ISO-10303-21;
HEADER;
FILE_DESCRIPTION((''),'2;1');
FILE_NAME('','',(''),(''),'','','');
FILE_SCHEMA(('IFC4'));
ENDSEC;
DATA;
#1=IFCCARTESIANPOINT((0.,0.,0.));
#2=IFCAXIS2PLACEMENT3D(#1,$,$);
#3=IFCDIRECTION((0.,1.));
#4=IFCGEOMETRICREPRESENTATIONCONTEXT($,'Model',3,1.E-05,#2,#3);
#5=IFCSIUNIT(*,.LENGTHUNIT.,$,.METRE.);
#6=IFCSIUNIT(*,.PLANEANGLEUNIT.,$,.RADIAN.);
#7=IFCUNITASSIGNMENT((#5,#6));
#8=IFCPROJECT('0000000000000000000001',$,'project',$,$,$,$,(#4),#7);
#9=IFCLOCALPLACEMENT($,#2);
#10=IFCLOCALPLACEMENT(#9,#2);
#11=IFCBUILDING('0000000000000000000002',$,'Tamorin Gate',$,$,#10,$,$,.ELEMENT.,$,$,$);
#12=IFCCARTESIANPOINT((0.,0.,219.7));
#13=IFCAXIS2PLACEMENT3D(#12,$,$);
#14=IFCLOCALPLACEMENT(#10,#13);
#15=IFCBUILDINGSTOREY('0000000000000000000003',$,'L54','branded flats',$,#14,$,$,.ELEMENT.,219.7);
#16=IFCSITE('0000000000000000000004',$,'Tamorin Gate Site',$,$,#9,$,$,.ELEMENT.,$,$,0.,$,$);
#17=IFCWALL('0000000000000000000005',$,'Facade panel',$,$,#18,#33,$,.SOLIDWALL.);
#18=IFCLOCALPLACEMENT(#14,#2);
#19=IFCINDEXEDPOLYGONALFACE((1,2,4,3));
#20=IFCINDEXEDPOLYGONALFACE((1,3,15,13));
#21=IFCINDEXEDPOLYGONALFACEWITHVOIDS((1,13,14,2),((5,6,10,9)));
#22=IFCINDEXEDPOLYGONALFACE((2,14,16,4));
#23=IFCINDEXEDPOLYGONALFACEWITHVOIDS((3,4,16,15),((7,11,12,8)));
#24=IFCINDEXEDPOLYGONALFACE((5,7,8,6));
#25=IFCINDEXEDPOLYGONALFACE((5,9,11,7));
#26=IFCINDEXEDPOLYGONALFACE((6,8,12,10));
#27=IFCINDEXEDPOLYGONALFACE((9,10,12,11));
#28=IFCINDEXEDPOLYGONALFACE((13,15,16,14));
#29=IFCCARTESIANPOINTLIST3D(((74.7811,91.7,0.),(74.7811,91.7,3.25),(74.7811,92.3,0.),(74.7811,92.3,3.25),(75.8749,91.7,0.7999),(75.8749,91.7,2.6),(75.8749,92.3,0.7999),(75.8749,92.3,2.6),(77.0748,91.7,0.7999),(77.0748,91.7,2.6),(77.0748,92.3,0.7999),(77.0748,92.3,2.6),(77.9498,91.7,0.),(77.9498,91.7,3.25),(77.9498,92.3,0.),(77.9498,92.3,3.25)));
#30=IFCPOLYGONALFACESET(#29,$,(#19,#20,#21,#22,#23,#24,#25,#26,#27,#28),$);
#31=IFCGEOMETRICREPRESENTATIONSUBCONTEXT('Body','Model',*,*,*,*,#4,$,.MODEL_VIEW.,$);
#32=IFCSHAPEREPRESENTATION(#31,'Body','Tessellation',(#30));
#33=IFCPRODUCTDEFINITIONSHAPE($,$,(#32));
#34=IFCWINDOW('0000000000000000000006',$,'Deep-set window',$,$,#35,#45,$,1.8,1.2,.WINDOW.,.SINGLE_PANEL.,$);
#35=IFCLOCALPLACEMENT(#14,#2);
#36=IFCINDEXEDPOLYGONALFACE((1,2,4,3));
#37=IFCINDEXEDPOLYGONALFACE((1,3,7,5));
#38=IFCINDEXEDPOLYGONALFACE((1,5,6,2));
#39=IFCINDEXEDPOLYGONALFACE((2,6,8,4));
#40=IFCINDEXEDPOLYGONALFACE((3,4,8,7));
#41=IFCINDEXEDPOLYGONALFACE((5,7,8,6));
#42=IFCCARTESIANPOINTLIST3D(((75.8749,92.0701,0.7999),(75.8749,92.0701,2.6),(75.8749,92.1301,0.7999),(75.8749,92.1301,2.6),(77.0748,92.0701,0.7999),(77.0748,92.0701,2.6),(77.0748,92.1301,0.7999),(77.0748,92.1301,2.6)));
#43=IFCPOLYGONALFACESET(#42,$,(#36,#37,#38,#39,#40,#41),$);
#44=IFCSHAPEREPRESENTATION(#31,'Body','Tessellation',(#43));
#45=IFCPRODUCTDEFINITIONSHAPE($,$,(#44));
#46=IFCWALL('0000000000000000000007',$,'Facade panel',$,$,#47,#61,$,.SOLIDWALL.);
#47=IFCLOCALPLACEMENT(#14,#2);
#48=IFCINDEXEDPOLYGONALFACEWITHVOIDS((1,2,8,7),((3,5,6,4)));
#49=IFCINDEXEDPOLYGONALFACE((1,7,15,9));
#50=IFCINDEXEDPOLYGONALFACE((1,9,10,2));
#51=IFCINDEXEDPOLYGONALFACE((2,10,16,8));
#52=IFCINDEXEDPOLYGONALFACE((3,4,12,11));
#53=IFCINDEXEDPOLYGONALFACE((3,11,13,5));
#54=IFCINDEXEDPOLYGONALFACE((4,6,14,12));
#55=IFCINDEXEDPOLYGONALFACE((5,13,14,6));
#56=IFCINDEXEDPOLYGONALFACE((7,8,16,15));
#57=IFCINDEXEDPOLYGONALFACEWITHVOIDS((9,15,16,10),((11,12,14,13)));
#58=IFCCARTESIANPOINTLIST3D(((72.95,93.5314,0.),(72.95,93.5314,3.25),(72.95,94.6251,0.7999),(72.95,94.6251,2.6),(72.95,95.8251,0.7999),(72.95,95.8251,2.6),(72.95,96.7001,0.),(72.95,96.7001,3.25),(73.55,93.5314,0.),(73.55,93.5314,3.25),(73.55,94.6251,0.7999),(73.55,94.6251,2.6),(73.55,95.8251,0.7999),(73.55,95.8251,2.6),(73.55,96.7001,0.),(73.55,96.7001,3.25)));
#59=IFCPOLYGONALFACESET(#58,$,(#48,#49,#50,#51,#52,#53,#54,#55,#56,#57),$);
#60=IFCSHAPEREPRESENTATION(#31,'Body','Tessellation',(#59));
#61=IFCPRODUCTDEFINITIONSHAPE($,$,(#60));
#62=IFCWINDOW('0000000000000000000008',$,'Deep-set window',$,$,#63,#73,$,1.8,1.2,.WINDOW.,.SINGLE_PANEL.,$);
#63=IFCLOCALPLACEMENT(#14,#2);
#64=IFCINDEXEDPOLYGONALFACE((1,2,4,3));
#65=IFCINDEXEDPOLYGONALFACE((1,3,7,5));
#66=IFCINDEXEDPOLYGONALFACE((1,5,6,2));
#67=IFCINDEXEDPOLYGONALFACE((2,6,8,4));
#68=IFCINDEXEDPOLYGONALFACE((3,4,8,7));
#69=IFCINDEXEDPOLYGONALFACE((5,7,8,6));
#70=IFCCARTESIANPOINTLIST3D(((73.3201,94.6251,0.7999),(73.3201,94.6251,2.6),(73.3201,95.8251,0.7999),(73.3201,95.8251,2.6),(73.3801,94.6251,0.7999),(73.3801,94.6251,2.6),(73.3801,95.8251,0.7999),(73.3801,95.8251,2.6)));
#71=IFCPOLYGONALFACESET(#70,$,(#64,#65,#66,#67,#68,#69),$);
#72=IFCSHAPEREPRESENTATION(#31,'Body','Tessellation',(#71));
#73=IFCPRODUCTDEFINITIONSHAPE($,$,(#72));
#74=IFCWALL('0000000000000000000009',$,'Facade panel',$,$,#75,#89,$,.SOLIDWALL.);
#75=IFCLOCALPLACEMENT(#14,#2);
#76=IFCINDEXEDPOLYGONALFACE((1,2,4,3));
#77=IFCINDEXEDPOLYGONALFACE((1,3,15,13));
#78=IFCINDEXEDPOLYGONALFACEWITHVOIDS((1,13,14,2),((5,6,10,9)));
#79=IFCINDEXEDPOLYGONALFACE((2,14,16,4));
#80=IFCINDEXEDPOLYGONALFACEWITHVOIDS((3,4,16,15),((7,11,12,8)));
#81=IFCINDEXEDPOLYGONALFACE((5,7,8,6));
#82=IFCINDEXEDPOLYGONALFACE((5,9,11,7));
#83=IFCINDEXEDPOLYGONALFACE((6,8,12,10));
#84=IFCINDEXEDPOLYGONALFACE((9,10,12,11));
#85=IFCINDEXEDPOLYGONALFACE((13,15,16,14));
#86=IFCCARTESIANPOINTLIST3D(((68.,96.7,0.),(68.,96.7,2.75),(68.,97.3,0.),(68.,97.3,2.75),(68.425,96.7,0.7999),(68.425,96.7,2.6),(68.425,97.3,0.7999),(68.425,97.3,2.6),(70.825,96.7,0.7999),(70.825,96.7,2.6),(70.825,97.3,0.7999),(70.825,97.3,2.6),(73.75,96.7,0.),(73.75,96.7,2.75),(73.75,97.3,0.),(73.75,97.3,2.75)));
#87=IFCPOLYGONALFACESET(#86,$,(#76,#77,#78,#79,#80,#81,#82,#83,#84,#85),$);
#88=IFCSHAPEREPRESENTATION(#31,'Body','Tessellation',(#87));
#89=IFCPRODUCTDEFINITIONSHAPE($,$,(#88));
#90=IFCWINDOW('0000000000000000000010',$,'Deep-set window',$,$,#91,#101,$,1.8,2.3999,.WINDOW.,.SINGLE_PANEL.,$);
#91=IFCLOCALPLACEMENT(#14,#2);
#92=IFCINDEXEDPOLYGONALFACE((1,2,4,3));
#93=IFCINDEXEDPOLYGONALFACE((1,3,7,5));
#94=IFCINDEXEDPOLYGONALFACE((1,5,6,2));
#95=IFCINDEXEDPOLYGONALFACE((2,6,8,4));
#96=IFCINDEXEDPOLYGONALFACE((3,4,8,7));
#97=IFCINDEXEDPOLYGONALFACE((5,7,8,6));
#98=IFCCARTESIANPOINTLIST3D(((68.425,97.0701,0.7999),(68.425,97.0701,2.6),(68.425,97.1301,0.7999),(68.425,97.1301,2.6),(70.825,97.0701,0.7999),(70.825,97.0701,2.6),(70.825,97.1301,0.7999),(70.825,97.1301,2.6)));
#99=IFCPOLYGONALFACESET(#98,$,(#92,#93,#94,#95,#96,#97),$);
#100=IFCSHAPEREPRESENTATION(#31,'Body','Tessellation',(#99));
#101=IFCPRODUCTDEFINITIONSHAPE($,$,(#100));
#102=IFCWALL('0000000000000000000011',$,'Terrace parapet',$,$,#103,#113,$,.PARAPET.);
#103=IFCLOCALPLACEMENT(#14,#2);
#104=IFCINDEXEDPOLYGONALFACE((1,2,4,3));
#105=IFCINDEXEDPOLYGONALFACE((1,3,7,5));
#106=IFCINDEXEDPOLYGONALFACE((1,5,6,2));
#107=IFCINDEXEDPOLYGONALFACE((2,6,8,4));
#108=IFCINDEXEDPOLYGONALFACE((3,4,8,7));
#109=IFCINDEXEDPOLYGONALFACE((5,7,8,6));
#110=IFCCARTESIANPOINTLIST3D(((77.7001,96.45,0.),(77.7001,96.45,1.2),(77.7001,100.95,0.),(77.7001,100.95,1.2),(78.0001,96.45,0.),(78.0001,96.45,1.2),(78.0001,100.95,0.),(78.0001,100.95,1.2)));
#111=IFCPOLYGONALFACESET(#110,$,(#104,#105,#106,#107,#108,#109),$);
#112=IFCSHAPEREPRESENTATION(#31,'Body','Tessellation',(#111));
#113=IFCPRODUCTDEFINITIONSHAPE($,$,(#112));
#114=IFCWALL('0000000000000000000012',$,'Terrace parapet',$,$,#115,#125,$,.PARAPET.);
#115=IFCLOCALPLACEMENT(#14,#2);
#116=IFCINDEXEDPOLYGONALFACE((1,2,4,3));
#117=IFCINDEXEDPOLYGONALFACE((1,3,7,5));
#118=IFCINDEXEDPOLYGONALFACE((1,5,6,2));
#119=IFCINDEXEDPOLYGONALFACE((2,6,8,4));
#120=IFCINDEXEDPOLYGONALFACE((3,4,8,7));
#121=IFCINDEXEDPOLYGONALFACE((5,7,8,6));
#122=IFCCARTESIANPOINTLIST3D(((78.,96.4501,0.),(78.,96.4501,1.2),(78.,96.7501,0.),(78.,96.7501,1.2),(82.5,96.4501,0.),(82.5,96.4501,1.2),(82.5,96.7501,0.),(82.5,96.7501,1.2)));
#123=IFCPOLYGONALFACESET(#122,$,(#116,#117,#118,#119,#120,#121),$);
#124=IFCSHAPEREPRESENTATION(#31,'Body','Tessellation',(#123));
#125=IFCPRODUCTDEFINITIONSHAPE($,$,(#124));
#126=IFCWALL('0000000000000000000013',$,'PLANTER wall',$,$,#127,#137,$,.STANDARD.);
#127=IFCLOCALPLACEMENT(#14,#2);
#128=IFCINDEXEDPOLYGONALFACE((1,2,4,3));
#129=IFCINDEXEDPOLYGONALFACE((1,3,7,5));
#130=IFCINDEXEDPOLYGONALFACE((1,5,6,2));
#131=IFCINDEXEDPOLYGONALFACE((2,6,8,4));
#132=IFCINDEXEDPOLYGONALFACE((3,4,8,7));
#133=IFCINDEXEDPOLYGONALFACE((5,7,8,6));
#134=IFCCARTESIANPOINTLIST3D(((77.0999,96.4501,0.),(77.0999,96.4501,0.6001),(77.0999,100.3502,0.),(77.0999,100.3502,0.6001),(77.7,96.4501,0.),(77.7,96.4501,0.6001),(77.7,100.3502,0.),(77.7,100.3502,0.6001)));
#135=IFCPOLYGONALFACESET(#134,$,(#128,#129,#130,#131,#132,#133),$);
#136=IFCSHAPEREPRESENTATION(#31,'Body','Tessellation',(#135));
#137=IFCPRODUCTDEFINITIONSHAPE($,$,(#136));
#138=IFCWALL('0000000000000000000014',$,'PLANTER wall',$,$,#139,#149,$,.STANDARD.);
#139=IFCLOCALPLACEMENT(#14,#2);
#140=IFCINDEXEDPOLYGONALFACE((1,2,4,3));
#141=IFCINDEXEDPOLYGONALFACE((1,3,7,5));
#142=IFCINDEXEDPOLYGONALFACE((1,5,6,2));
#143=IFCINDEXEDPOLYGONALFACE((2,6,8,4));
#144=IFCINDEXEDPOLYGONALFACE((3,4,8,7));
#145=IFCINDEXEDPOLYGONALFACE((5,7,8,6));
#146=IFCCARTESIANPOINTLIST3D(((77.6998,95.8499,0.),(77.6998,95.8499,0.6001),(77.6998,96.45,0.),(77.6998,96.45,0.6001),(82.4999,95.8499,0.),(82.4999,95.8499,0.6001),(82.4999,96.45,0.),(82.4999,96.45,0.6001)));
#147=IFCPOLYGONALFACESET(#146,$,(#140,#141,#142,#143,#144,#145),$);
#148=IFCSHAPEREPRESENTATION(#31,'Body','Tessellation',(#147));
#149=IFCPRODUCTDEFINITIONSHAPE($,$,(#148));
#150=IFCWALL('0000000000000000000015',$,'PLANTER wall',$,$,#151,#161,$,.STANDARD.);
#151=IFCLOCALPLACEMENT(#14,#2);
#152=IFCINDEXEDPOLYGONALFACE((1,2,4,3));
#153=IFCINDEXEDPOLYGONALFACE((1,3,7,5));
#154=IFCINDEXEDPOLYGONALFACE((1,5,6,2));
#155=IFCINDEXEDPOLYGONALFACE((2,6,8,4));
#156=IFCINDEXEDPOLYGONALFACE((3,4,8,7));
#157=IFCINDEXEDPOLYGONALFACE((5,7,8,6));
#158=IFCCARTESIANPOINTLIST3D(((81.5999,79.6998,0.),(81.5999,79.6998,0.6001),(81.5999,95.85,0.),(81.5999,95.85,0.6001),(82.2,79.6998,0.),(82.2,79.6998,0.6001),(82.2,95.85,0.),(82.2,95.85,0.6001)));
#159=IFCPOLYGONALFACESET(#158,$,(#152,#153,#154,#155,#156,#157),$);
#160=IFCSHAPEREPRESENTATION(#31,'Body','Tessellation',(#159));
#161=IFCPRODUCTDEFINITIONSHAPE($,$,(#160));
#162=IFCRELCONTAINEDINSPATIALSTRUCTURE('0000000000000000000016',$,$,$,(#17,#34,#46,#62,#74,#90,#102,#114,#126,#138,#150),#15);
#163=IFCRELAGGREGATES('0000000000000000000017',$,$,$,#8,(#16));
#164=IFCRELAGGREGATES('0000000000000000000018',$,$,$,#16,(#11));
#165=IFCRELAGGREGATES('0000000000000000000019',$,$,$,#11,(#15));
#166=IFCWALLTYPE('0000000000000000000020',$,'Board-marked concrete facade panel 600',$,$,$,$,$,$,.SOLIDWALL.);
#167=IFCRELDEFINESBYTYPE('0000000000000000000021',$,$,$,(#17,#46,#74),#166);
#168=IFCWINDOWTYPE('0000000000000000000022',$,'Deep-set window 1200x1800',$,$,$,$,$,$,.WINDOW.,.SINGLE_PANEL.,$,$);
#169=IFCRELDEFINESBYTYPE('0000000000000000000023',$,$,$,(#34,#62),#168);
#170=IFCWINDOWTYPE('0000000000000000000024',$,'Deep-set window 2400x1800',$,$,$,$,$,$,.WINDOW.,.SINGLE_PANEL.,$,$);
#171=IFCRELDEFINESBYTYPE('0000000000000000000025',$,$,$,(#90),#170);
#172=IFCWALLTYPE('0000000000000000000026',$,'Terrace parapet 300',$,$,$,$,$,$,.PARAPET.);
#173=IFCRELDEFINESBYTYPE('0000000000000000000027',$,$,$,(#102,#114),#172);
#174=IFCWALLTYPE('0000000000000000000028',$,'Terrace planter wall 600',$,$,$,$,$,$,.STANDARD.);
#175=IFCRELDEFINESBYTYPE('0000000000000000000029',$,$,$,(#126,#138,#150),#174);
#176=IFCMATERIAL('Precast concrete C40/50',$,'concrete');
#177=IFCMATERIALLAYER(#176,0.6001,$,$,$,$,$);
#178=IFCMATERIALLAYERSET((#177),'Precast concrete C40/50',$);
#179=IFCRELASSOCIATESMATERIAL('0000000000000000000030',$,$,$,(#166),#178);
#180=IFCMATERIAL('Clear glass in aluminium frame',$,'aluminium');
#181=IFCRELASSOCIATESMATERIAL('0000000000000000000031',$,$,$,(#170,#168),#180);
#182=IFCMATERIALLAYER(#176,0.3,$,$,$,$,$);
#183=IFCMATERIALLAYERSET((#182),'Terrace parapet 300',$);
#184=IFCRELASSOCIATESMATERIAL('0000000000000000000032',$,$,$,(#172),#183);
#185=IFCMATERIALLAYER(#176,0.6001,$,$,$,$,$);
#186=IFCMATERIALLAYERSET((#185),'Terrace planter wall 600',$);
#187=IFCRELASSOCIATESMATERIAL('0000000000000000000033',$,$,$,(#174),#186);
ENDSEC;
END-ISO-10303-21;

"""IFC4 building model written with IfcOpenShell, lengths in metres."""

from ifc_helpers import new_model, si_unit, direction, frame, frame_2d, origin, place, context, subcontext, project, spatial, rectangle, extrude, material, layer, layer_set, type_object, element, fill, save


model = new_model("IFC4")

# Units and contexts
model_context = context("Model", 3, precision=1e-05, world=origin(), true_north=direction((0.0, 1.0)))
body_context = subcontext(model_context, "Body", "Model", "MODEL_VIEW")
ifc_project = project(units=[si_unit("LENGTHUNIT", "METRE"), si_unit("PLANEANGLEUNIT", "RADIAN")], contexts=[model_context])

# Site, building, storey
site_placement = place(None, origin())
site = spatial("IfcSite", under=ifc_project, at=site_placement, Name="Tamorin Gate Site", CompositionType="ELEMENT", RefElevation=0.0)
building_placement = place(site_placement, origin())
building = spatial("IfcBuilding", under=site, at=building_placement, Name="Tamorin Gate", CompositionType="ELEMENT")
storey_placement = place(building_placement, frame((0.0, 0.0, 219.7)))
storey = spatial("IfcBuildingStorey", under=building, at=storey_placement, Name="L54", Description="branded flats", CompositionType="ELEMENT", Elevation=219.7)

# Shared definitions
ifc_material_1 = material(Name="Precast concrete C40/50", Category="concrete")
ifc_layer_1 = layer(ifc_material_1, 0.6001)
ifc_layer_set_1 = layer_set([ifc_layer_1], Name="Precast concrete C40/50")
wall_type_1 = type_object("IfcWallType", Name="Board-marked concrete facade panel 600", PredefinedType="SOLIDWALL", material=ifc_layer_set_1)
ifc_material_2 = material(Name="Clear glass in aluminium frame", Category="aluminium")
window_type_1 = type_object("IfcWindowType", Name="Deep-set window 2400x1800", PartitioningType="SINGLE_PANEL", PredefinedType="WINDOW", material=ifc_material_2)

# Walls, openings, windows
wall_1_placement = place(storey_placement, frame((77.95, 92.0, 0.0), z_axis=(0.0, 0.0, 1.0), x_axis=(-1.0, 0.0, 0.0)))
wall_1 = element("IfcWall", 1, at=wall_1_placement, inside=storey, type_object=wall_type_1, Name="Facade panel", PredefinedType="SOLIDWALL", context=body_context, shape_type="SweptSolid", body=[
    extrude(rectangle(XDim=3.1687, YDim=0.6001, at=frame_2d((1.5845, 0.0))), origin(), (0.0, 0.0, 1.0), 3.25),
])
opening_1_placement = place(wall_1_placement, frame((0.875, 0.0, 0.8)))
opening_1 = element("IfcOpeningElement", 2, at=opening_1_placement, cuts=wall_1, PredefinedType="OPENING", context=body_context, shape_type="SweptSolid", body=[
    extrude(rectangle(XDim=1.2, YDim=1.8, at=frame_2d((0.6001, 0.8999))), frame((0.0, 0.3101, 0.0), z_axis=(0.0, -1.0, 0.0), x_axis=(1.0, 0.0, 0.0)), (0.0, 0.0, 1.0), 0.6201),
])
window_type_2 = type_object("IfcWindowType", Name="Deep-set window 1200x1800", PartitioningType="SINGLE_PANEL", PredefinedType="WINDOW", material=ifc_material_2)
window_1_placement = place(opening_1_placement, origin())
window_1 = element("IfcWindow", 3, at=window_1_placement, inside=storey, type_object=window_type_2, Name="Deep-set window", OverallHeight=1.8, OverallWidth=1.2, PartitioningType="SINGLE_PANEL", PredefinedType="WINDOW", context=body_context, shape_type="SweptSolid", body=[
    extrude(rectangle(XDim=1.2, YDim=1.8, at=frame_2d((0.6001, 0.8999))), frame((0.0, -0.0701, 0.0), z_axis=(0.0, -1.0, 0.0), x_axis=(1.0, 0.0, 0.0)), (0.0, 0.0, 1.0), 0.0601),
])
fill(opening_1, window_1)
wall_2_placement = place(storey_placement, frame((73.25, 93.5312, 0.0), z_axis=(0.0, 0.0, 1.0), x_axis=(0.0, 1.0, 0.0)))
wall_2 = element("IfcWall", 4, at=wall_2_placement, inside=storey, type_object=wall_type_1, Name="Facade panel", PredefinedType="SOLIDWALL", context=body_context, shape_type="SweptSolid", body=[
    extrude(rectangle(XDim=3.1687, YDim=0.6001, at=frame_2d((1.5845, 0.0))), origin(), (0.0, 0.0, 1.0), 3.25),
])
opening_2_placement = place(wall_2_placement, frame((1.0938, 0.0, 0.8)))
opening_2 = element("IfcOpeningElement", 5, at=opening_2_placement, cuts=wall_2, PredefinedType="OPENING", context=body_context, shape_type="SweptSolid", body=[
    extrude(rectangle(XDim=1.2, YDim=1.8, at=frame_2d((0.6001, 0.8999))), frame((0.0, 0.3101, 0.0), z_axis=(0.0, -1.0, 0.0), x_axis=(1.0, 0.0, 0.0)), (0.0, 0.0, 1.0), 0.6201),
])
window_2_placement = place(opening_2_placement, origin())
window_2 = element("IfcWindow", 6, at=window_2_placement, inside=storey, type_object=window_type_2, Name="Deep-set window", OverallHeight=1.8, OverallWidth=1.2, PartitioningType="SINGLE_PANEL", PredefinedType="WINDOW", context=body_context, shape_type="SweptSolid", body=[
    extrude(rectangle(XDim=1.2, YDim=1.8, at=frame_2d((0.6001, 0.8999))), frame((0.0, -0.0701, 0.0), z_axis=(0.0, -1.0, 0.0), x_axis=(1.0, 0.0, 0.0)), (0.0, 0.0, 1.0), 0.0601),
])
fill(opening_2, window_2)
wall_3_placement = place(storey_placement, frame((73.75, 97.0, 0.0), z_axis=(0.0, 0.0, 1.0), x_axis=(-1.0, 0.0, 0.0)))
wall_3 = element("IfcWall", 7, at=wall_3_placement, inside=storey, type_object=wall_type_1, Name="Facade panel", PredefinedType="SOLIDWALL", context=body_context, shape_type="SweptSolid", body=[
    extrude(rectangle(XDim=5.75, YDim=0.6001, at=frame_2d((2.875, 0.0))), origin(), (0.0, 0.0, 1.0), 2.75),
])
opening_3_placement = place(wall_3_placement, frame((2.925, 0.0, 0.8)))
opening_3 = element("IfcOpeningElement", 8, at=opening_3_placement, cuts=wall_3, PredefinedType="OPENING", context=body_context, shape_type="SweptSolid", body=[
    extrude(rectangle(XDim=2.3999, YDim=1.8, at=frame_2d((1.2, 0.8999))), frame((0.0, 0.3101, 0.0), z_axis=(0.0, -1.0, 0.0), x_axis=(1.0, 0.0, 0.0)), (0.0, 0.0, 1.0), 0.6201),
])
window_3_placement = place(opening_3_placement, origin())
window_3 = element("IfcWindow", 9, at=window_3_placement, inside=storey, type_object=window_type_1, Name="Deep-set window", OverallHeight=1.8, OverallWidth=2.3999, PartitioningType="SINGLE_PANEL", PredefinedType="WINDOW", context=body_context, shape_type="SweptSolid", body=[
    extrude(rectangle(XDim=2.3999, YDim=1.8, at=frame_2d((1.2, 0.8999))), frame((0.0, -0.0701, 0.0), z_axis=(0.0, -1.0, 0.0), x_axis=(1.0, 0.0, 0.0)), (0.0, 0.0, 1.0), 0.0601),
])
fill(opening_3, window_3)

# Walls
ifc_layer_2 = layer(ifc_material_1, 0.3)
ifc_layer_set_2 = layer_set([ifc_layer_2], Name="Terrace parapet 300")
wall_type_2 = type_object("IfcWallType", Name="Terrace parapet 300", PredefinedType="PARAPET", material=ifc_layer_set_2)
for number, where, z_axis, x_axis, name in (
    (10, (77.8501, 96.45, 0.0), (0.0, 0.0, 1.0), (0.0, 1.0, 0.0), "Terrace parapet"),
    (11, (78.0, 96.6001, 0.0), (0.0, 0.0, 1.0), (1.0, 0.0, 0.0), "Terrace parapet"),
):
    element("IfcWall", number, at=place(storey_placement, frame(where, z_axis=z_axis, x_axis=x_axis)), inside=storey, type_object=wall_type_2, Name=name, PredefinedType="PARAPET", context=body_context, shape_type="SweptSolid", body=[
        extrude(rectangle(XDim=4.5, YDim=0.3, at=frame_2d((2.25, 0.0))), origin(), (0.0, 0.0, 1.0), 1.2),
    ])
ifc_layer_3 = layer(ifc_material_1, 0.6001)
ifc_layer_set_3 = layer_set([ifc_layer_3], Name="Terrace planter wall 600")
wall_type_3 = type_object("IfcWallType", Name="Terrace planter wall 600", PredefinedType="STANDARD", material=ifc_layer_set_3)
wall_4_placement = place(storey_placement, frame((77.3999, 96.45, 0.0), z_axis=(0.0, 0.0, 1.0), x_axis=(0.0, 1.0, 0.0)))
element("IfcWall", 12, at=wall_4_placement, inside=storey, type_object=wall_type_3, Name="PLANTER wall", PredefinedType="STANDARD", context=body_context, shape_type="SweptSolid", body=[
    extrude(rectangle(XDim=3.9001, YDim=0.6001, at=frame_2d((1.9502, 0.0))), origin(), (0.0, 0.0, 1.0), 0.6001),
])
wall_5_placement = place(storey_placement, frame((77.7, 96.1499, 0.0), z_axis=(0.0, 0.0, 1.0), x_axis=(1.0, 0.0, 0.0)))
element("IfcWall", 13, at=wall_5_placement, inside=storey, type_object=wall_type_3, Name="PLANTER wall", PredefinedType="STANDARD", context=body_context, shape_type="SweptSolid", body=[
    extrude(rectangle(XDim=4.8, YDim=0.6001, at=frame_2d((2.3999, 0.0))), origin(), (0.0, 0.0, 1.0), 0.6001),
])
wall_6_placement = place(storey_placement, frame((81.8999, 95.8501, 0.0), z_axis=(0.0, 0.0, 1.0), x_axis=(0.0, -1.0, 0.0)))
element("IfcWall", 14, at=wall_6_placement, inside=storey, type_object=wall_type_3, Name="PLANTER wall", PredefinedType="STANDARD", context=body_context, shape_type="SweptSolid", body=[
    extrude(rectangle(XDim=16.1501, YDim=0.6001, at=frame_2d((8.0752, 0.0))), origin(), (0.0, 0.0, 1.0), 0.6001),
])

save(model, "model.ifc")
